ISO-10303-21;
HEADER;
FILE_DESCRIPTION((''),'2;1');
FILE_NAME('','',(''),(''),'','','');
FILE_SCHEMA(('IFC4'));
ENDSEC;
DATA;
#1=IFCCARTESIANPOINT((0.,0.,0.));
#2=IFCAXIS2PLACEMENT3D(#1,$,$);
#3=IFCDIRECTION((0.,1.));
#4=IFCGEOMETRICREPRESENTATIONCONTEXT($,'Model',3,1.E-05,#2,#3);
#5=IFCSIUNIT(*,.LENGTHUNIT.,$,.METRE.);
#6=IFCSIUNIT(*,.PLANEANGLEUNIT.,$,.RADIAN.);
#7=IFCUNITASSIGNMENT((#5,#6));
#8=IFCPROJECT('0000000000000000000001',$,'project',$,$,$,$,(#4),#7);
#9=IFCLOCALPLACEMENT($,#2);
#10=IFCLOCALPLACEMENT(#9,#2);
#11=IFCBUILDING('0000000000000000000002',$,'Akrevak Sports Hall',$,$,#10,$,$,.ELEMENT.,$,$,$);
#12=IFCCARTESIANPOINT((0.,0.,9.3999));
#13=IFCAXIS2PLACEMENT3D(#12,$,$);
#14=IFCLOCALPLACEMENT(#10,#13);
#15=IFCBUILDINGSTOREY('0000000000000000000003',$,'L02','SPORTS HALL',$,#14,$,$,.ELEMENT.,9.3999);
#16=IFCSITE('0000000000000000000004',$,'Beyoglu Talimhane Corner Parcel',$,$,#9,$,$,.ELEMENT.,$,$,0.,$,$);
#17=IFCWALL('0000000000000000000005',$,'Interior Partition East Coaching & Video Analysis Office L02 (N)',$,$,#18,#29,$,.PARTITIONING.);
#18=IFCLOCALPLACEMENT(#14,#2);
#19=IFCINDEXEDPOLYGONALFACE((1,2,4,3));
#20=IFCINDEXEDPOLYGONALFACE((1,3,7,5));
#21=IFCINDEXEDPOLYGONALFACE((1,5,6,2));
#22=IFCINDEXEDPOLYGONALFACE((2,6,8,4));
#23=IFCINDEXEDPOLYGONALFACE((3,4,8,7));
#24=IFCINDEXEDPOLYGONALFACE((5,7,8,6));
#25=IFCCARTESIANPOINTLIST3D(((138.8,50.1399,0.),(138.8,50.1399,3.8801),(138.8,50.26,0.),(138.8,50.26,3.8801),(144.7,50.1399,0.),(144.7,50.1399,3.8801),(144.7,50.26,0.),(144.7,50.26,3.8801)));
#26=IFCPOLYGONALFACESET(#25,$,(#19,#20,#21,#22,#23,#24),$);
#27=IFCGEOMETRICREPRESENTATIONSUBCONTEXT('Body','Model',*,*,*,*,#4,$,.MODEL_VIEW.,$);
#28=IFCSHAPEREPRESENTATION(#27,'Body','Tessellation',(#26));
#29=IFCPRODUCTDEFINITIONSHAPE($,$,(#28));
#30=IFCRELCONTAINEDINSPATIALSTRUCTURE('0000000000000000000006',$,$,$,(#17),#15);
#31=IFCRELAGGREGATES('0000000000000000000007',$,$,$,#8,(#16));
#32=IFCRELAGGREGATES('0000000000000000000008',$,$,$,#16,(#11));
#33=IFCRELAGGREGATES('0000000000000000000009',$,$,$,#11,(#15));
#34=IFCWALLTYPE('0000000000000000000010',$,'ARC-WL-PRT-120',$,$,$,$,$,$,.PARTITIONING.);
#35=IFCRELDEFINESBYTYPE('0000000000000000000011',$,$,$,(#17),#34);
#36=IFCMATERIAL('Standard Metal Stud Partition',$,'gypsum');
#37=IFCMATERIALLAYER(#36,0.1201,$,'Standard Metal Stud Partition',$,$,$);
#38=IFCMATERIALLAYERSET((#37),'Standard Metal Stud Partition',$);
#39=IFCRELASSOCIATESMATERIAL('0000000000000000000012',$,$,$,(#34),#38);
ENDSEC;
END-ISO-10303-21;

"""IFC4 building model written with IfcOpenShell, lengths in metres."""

from ifc_helpers import new_model, si_unit, direction, frame, frame_2d, origin, place, context, subcontext, project, spatial, rectangle, extrude, material, layer, layer_set, type_object, element, save


model = new_model("IFC4")

# Units and contexts
model_context = context("Model", 3, precision=1e-05, world=origin(), true_north=direction((0.0, 1.0)))
body_context = subcontext(model_context, "Body", "Model", "MODEL_VIEW")
ifc_project = project(units=[si_unit("LENGTHUNIT", "METRE"), si_unit("PLANEANGLEUNIT", "RADIAN")], contexts=[model_context])

# Site, building, storey
site_placement = place(None, origin())
site = spatial("IfcSite", under=ifc_project, at=site_placement, Name="Beyoglu Talimhane Corner Parcel", CompositionType="ELEMENT", RefElevation=0.0)
building_placement = place(site_placement, origin())
building = spatial("IfcBuilding", under=site, at=building_placement, Name="Akrevak Sports Hall", CompositionType="ELEMENT")
storey_placement = place(building_placement, frame((0.0, 0.0, 9.3999)))
storey = spatial("IfcBuildingStorey", under=building, at=storey_placement, Name="L02", Description="SPORTS HALL", CompositionType="ELEMENT", Elevation=9.3999)

# Wall
ifc_material_1 = material(Name="Standard Metal Stud Partition", Category="gypsum")
ifc_layer_1 = layer(ifc_material_1, 0.1201, Name="Standard Metal Stud Partition")
ifc_layer_set_1 = layer_set([ifc_layer_1], Name="Standard Metal Stud Partition")
wall_type = type_object("IfcWallType", Name="ARC-WL-PRT-120", PredefinedType="PARTITIONING", material=ifc_layer_set_1)
wall_placement = place(storey_placement, frame((138.8, 50.2, 0.0), z_axis=(0.0, 0.0, 1.0), x_axis=(1.0, 0.0, 0.0)))
element("IfcWall", 1, at=wall_placement, inside=storey, type_object=wall_type, Name="Interior Partition East Coaching & Video Analysis Office L02 (N)", PredefinedType="PARTITIONING", context=body_context, shape_type="SweptSolid", body=[
    extrude(rectangle(XDim=5.8999, YDim=0.1201, at=frame_2d((2.95, 0.0))), origin(), (0.0, 0.0, 1.0), 3.8801),
])

save(model, "model.ifc")
